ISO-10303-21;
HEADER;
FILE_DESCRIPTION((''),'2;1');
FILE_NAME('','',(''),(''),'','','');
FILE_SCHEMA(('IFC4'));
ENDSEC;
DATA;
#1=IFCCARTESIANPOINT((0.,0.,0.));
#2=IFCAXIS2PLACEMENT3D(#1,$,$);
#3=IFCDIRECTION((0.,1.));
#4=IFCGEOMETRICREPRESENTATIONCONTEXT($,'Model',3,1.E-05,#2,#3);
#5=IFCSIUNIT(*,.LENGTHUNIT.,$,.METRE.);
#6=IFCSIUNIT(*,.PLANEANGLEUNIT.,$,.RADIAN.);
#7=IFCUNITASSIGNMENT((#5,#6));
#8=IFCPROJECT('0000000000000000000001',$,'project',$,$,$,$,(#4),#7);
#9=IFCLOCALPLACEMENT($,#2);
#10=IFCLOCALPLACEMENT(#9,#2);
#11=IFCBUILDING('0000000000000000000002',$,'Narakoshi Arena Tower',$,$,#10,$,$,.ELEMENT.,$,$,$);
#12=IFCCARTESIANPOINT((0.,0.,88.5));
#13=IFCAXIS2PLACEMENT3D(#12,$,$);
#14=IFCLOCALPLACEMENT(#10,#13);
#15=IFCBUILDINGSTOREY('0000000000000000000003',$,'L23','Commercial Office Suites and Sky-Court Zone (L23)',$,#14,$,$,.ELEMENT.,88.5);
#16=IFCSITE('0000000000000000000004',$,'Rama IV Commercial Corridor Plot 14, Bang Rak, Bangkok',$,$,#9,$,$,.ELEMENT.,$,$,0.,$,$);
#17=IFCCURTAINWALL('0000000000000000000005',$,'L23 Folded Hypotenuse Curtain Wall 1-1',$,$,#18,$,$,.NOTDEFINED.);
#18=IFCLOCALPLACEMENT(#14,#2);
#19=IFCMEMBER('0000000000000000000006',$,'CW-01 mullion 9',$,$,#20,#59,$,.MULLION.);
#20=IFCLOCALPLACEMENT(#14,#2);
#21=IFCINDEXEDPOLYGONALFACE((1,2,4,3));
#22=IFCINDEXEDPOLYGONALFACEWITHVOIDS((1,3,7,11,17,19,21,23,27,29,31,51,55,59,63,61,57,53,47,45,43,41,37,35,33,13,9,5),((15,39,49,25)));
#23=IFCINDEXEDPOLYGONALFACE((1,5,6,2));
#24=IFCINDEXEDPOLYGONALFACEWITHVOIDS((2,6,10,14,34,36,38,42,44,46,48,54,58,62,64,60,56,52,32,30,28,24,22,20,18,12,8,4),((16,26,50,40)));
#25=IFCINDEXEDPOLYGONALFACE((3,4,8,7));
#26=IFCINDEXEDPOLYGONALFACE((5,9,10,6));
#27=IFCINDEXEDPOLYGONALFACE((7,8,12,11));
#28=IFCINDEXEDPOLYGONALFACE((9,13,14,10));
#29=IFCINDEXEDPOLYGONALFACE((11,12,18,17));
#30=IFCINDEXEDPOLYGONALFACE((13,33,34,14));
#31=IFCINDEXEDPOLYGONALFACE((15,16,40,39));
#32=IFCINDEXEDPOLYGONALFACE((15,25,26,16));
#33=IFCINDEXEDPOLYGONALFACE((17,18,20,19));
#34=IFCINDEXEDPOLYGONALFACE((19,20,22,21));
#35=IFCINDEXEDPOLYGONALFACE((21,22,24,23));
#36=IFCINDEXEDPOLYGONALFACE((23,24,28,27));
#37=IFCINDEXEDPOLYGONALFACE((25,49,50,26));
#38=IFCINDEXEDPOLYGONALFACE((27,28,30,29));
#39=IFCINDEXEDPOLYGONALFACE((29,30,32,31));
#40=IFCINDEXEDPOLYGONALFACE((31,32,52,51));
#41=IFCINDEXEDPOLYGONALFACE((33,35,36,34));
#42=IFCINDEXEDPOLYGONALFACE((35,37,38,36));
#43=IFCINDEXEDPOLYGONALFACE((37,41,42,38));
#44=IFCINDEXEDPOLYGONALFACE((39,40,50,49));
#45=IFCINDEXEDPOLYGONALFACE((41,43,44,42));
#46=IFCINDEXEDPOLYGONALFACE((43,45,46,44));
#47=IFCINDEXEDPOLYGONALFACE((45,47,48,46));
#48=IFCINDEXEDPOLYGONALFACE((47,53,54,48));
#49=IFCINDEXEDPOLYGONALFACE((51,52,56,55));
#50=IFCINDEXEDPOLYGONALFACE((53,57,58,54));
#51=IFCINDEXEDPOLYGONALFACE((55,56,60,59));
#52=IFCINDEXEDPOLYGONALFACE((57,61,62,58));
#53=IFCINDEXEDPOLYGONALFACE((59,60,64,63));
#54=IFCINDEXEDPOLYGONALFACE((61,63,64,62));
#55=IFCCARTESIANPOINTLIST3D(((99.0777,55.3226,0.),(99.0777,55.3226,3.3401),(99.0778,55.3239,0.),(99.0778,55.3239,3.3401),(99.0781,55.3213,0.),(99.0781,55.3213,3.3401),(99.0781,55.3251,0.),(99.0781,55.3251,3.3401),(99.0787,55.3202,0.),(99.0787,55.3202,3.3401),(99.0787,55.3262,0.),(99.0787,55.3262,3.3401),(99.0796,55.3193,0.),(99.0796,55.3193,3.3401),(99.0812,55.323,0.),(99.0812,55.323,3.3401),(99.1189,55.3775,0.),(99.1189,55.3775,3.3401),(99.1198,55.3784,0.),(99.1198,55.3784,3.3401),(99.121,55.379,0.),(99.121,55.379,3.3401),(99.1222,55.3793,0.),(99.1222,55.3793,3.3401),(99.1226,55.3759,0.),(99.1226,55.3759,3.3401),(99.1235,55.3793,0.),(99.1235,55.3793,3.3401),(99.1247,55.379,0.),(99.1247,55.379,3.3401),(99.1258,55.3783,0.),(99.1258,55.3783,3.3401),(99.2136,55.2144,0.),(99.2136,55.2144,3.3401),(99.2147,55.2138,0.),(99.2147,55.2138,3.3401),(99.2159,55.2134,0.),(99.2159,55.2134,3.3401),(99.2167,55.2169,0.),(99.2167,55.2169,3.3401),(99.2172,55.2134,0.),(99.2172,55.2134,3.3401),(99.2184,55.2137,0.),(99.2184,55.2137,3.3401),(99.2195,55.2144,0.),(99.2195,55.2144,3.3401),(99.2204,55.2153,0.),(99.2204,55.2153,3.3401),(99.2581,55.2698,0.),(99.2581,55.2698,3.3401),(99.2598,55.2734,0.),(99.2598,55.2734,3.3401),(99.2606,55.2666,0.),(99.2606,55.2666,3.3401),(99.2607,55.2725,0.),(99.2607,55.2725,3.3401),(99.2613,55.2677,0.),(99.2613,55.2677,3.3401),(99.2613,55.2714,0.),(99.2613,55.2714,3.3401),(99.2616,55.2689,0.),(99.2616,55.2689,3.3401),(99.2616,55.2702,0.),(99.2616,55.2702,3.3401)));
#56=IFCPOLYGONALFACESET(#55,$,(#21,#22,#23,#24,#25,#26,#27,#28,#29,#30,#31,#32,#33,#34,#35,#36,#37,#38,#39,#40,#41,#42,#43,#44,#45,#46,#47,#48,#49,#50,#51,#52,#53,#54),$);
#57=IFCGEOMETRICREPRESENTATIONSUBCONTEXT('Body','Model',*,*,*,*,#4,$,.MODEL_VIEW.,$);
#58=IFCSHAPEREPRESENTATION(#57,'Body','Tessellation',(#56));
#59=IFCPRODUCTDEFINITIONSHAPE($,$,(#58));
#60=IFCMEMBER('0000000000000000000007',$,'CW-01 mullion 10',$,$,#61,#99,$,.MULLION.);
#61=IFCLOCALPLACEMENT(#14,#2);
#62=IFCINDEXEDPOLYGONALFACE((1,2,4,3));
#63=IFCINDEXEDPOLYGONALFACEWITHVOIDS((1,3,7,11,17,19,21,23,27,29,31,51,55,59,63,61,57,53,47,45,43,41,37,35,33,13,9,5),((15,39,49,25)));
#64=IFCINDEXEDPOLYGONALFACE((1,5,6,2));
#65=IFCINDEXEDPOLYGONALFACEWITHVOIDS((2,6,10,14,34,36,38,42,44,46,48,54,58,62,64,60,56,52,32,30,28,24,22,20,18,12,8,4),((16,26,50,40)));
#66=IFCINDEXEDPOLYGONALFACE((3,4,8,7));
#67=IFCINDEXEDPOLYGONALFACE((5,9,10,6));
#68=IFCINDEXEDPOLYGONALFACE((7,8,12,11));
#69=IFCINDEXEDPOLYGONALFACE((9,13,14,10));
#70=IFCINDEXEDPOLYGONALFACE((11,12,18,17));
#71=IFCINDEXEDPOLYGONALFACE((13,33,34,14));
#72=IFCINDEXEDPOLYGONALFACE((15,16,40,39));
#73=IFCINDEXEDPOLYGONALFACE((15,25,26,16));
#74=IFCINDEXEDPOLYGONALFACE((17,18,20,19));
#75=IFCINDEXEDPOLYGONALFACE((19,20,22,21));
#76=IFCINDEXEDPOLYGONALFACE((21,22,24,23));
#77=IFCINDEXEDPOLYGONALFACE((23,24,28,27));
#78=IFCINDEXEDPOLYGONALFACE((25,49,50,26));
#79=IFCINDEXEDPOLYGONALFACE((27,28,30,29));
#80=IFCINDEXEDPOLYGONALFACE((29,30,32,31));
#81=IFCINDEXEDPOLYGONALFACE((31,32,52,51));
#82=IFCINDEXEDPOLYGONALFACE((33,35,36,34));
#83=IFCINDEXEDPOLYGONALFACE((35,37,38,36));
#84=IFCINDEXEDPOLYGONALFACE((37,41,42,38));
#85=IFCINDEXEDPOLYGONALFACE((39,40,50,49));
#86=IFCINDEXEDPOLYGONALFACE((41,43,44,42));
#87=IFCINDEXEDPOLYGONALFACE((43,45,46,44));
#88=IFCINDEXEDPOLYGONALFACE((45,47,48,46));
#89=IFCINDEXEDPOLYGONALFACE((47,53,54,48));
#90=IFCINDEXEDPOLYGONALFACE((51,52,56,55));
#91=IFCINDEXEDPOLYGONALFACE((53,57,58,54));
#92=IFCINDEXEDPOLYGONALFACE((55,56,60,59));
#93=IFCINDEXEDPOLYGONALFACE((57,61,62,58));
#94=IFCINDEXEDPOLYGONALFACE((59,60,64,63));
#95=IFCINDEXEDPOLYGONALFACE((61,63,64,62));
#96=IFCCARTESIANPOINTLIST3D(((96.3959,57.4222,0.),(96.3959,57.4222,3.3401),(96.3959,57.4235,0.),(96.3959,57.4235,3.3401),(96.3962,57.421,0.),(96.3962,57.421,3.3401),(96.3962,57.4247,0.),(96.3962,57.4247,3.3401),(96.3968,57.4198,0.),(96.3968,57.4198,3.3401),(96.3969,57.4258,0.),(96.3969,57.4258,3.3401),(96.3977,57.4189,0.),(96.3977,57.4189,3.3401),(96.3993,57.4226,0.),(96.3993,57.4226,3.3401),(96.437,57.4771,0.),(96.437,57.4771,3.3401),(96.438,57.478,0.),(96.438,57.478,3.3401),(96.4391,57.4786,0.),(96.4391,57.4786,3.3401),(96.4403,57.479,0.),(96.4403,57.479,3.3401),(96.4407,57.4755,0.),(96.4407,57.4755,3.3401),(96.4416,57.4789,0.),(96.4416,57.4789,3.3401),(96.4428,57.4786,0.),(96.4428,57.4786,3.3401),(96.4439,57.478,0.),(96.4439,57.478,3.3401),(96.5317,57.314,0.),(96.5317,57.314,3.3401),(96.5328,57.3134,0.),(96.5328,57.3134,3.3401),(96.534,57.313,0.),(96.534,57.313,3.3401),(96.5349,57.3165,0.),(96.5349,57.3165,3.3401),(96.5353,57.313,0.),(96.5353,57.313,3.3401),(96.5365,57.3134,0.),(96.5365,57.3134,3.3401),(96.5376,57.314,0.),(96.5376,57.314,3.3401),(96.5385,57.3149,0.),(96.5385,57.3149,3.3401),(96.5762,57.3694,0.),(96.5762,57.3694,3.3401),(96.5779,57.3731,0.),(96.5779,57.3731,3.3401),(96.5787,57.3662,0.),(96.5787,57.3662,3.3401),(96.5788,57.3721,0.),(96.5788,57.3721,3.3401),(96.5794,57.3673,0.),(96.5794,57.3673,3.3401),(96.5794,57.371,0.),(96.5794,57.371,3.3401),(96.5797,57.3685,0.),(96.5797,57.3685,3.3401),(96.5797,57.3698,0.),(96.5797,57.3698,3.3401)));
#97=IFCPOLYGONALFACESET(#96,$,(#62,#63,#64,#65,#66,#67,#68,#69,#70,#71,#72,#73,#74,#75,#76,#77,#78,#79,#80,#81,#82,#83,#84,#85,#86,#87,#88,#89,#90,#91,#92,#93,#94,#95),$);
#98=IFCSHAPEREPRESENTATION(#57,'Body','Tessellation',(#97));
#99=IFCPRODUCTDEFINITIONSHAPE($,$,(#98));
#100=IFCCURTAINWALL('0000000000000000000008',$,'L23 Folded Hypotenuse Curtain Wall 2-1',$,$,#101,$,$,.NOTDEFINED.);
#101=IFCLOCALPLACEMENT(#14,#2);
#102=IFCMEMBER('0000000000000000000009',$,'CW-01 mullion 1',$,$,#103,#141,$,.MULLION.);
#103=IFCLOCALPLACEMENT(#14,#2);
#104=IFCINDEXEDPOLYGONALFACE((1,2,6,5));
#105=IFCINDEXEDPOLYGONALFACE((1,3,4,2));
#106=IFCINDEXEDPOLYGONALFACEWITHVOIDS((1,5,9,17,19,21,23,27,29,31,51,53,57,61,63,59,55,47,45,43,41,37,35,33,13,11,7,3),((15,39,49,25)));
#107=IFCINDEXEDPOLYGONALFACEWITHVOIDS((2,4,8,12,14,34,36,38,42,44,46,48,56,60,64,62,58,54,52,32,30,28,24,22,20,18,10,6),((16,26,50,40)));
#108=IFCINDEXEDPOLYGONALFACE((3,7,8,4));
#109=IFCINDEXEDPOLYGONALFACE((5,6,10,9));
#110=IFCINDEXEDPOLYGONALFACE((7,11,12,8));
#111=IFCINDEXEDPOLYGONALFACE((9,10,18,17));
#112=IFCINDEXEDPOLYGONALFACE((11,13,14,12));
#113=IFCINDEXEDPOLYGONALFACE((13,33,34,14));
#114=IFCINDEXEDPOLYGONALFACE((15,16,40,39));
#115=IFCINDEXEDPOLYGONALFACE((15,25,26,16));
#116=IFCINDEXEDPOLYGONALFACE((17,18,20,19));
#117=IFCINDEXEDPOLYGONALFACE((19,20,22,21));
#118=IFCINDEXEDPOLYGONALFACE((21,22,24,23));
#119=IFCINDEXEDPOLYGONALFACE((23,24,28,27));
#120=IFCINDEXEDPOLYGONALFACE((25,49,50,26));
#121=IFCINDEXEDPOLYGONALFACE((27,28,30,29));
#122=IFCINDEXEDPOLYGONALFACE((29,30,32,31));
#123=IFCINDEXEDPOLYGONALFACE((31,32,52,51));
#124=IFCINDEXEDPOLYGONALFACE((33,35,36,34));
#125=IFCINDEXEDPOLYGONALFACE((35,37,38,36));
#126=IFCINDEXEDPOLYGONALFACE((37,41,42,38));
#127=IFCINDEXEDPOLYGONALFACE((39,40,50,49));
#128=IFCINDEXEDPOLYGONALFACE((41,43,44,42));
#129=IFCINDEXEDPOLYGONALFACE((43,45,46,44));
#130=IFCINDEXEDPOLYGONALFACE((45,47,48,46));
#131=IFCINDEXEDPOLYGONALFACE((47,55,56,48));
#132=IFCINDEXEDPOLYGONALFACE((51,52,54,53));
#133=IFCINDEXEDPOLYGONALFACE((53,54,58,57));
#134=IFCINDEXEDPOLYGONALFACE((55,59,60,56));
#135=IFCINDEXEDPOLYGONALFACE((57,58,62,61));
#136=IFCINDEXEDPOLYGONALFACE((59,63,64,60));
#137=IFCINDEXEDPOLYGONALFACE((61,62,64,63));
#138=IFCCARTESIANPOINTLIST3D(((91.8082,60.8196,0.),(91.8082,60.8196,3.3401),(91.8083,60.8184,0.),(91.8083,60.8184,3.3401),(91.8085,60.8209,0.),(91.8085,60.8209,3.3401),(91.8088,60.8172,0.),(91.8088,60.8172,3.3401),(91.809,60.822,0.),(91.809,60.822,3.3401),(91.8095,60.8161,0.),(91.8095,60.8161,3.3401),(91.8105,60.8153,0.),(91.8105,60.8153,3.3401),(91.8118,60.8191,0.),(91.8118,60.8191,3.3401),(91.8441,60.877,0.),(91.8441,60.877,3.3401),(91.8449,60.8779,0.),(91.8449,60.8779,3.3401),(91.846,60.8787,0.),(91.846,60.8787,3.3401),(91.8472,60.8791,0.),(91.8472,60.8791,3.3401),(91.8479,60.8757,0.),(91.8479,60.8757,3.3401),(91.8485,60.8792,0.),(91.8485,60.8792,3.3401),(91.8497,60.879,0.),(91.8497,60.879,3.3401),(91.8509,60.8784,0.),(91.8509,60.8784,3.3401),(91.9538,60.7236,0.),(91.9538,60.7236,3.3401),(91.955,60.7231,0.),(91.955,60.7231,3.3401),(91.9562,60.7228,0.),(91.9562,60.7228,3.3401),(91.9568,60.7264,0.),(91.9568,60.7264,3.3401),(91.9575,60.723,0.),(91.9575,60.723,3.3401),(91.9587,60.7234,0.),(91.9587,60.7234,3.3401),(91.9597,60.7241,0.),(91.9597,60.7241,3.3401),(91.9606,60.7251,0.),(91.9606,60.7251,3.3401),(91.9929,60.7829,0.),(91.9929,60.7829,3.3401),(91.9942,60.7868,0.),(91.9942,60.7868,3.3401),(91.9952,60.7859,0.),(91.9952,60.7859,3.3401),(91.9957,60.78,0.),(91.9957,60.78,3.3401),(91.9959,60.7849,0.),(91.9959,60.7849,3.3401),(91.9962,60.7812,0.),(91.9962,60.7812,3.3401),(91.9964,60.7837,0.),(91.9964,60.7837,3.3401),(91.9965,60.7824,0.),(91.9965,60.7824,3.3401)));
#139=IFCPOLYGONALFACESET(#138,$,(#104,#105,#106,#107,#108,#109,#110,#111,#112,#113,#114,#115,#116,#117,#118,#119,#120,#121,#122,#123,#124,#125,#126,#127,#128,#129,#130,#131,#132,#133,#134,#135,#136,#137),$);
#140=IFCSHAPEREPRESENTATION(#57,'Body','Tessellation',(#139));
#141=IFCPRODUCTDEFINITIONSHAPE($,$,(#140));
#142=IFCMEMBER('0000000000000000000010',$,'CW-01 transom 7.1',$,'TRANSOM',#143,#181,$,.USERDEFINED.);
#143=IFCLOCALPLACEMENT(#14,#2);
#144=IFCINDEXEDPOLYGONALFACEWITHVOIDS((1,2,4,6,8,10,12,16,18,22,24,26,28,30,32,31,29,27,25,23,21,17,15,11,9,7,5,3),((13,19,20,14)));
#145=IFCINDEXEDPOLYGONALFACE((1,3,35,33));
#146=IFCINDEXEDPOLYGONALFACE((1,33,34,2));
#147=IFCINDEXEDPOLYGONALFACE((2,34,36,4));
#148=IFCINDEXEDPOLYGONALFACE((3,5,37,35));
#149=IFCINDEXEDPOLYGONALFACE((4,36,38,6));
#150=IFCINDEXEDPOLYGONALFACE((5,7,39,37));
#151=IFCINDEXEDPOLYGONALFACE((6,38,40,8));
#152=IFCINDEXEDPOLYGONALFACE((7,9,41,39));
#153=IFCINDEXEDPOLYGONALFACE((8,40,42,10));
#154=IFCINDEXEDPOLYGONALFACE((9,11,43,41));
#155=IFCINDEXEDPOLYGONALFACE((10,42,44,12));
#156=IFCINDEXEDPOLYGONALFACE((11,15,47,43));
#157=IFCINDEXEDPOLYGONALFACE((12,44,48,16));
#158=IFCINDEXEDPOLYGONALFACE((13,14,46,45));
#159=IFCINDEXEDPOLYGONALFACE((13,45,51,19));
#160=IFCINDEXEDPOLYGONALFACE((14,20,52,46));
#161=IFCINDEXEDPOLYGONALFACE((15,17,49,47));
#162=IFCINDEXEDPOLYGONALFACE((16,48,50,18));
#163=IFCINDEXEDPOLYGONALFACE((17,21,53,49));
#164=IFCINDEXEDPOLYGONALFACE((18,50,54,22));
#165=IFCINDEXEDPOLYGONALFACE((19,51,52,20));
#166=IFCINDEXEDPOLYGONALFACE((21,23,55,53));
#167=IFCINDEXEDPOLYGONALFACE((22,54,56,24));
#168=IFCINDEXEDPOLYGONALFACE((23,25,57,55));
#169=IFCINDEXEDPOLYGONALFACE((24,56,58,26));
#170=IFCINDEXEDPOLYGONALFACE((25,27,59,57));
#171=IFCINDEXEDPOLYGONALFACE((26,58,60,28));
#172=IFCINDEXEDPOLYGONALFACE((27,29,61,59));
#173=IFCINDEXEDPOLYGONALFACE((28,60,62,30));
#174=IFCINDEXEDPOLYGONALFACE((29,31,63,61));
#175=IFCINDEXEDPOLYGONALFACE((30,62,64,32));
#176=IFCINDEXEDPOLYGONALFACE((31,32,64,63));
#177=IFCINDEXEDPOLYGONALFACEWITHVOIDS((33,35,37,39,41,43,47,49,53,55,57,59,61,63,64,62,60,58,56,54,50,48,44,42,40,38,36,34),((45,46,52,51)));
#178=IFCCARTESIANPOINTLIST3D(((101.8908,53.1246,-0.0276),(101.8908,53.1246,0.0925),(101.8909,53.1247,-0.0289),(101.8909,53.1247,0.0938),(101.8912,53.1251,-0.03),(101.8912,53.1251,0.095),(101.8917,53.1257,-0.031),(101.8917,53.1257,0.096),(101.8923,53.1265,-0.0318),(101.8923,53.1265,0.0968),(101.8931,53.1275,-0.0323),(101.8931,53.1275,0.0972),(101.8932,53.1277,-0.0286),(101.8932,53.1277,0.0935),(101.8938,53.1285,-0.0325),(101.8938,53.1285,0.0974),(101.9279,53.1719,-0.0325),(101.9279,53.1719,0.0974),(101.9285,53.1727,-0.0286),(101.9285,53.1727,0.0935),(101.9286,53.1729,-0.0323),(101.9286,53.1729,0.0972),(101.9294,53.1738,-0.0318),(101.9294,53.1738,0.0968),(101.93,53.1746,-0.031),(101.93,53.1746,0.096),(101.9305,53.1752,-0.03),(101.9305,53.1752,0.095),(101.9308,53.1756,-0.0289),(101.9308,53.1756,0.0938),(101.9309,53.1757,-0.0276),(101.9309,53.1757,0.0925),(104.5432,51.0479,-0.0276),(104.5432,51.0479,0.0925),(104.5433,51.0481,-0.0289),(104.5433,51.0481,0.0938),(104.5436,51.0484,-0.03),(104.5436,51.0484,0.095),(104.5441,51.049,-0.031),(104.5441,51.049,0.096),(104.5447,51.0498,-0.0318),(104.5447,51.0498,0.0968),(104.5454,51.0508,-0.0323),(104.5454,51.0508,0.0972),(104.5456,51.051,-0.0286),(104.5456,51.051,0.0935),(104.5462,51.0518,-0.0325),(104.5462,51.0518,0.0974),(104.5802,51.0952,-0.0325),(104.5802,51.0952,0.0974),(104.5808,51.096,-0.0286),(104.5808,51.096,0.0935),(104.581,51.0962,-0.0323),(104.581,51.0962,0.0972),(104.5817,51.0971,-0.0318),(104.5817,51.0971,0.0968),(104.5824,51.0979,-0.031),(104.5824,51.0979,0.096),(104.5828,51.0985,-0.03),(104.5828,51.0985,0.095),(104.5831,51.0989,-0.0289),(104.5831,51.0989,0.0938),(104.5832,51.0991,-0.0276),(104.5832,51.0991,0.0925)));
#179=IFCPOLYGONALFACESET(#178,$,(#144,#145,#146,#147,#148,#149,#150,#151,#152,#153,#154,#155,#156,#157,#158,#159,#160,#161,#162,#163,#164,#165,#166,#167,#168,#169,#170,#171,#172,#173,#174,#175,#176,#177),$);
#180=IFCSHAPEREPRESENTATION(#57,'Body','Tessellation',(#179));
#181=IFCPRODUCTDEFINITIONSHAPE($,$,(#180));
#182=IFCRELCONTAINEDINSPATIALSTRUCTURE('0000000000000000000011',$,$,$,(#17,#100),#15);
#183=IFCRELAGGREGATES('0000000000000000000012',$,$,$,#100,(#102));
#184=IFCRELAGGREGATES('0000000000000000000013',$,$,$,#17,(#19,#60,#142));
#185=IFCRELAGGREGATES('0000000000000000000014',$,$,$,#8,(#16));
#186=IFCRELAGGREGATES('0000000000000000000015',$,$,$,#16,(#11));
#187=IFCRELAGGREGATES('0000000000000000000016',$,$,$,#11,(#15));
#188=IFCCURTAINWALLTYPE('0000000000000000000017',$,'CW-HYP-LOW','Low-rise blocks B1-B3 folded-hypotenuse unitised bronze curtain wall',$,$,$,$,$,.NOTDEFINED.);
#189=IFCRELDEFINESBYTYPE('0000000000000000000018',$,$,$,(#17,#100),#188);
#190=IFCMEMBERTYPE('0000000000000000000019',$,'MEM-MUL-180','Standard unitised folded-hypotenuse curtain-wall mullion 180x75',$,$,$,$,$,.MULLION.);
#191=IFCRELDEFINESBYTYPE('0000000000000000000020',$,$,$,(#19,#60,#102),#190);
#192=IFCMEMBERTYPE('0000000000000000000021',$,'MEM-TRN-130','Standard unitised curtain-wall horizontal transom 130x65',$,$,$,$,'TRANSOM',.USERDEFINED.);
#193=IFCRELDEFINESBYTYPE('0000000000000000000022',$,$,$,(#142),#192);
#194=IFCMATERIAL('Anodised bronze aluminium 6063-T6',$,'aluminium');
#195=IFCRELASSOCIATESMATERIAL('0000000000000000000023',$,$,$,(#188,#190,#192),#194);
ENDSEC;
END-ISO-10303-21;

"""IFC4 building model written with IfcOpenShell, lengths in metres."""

from ifc_helpers import new_model, si_unit, direction, frame, origin, origin_2d, place, context, subcontext, project, spatial, hollow_rectangle, extrude, material, material_profile, profile_set, type_object, element, aggregate, save


model = new_model("IFC4")

# Units and contexts
model_context = context("Model", 3, precision=1e-05, world=origin(), true_north=direction((0.0, 1.0)))
body_context = subcontext(model_context, "Body", "Model", "MODEL_VIEW")
ifc_project = project(units=[si_unit("LENGTHUNIT", "METRE"), si_unit("PLANEANGLEUNIT", "RADIAN")], contexts=[model_context])

# Site, building, storey
site_placement = place(None, origin())
site = spatial("IfcSite", under=ifc_project, at=site_placement, Name="Rama IV Commercial Corridor Plot 14, Bang Rak, Bangkok", CompositionType="ELEMENT", RefElevation=0.0)
building_placement = place(site_placement, origin())
building = spatial("IfcBuilding", under=site, at=building_placement, Name="Narakoshi Arena Tower", CompositionType="ELEMENT")
storey_placement = place(building_placement, frame((0.0, 0.0, 88.5)))
storey = spatial("IfcBuildingStorey", under=building, at=storey_placement, Name="L23", Description="Commercial Office Suites and Sky-Court Zone (L23)", CompositionType="ELEMENT", Elevation=88.5)

# Curtain wall, members
ifc_material_1 = material(Name="Anodised bronze aluminium 6063-T6", Category="aluminium")
curtain_wall_type = type_object("IfcCurtainWallType", Name="CW-HYP-LOW", Description="Low-rise blocks B1-B3 folded-hypotenuse unitised bronze curtain wall", PredefinedType="NOTDEFINED", material=ifc_material_1)
curtain_wall_1_placement = place(storey_placement, origin())
curtain_wall_1 = element("IfcCurtainWall", 1, at=curtain_wall_1_placement, inside=storey, type_object=curtain_wall_type, Name="L23 Folded Hypotenuse Curtain Wall 1-1", PredefinedType="NOTDEFINED")
ifc_material_profile_1 = material_profile(ifc_material_1, hollow_rectangle(XDim=0.075, YDim=0.1799, WallThickness=0.0039, OuterFilletRadius=0.0049, at=origin_2d()), Name="MUL180x75x4")
ifc_profile_set_1 = profile_set([ifc_material_profile_1], Name="Anodised bronze aluminium 6063-T6")
member_type_1 = type_object("IfcMemberType", Name="MEM-MUL-180", Description="Standard unitised folded-hypotenuse curtain-wall mullion 180x75", PredefinedType="MULLION", material=ifc_profile_set_1)
member_1_placement = place(storey_placement, frame((99.1697, 55.2964, 0.0), z_axis=(0.0, 0.0, 1.0), x_axis=(-0.616458, -0.787388, 0.0)))
member_1 = element("IfcMember", 2, at=member_1_placement, type_object=member_type_1, Name="CW-01 mullion 9", PredefinedType="MULLION", context=body_context, shape_type="SweptSolid", body=[
    extrude(hollow_rectangle(XDim=0.075, YDim=0.1799, WallThickness=0.0039, OuterFilletRadius=0.0049, at=origin_2d()), origin(), (0.0, 0.0, 1.0), 3.3401),
])
member_2_placement = place(storey_placement, frame((96.4878, 57.396, 0.0), z_axis=(0.0, 0.0, 1.0), x_axis=(-0.616458, -0.787388, 0.0)))
member_2 = element("IfcMember", 3, at=member_2_placement, type_object=member_type_1, Name="CW-01 mullion 10", PredefinedType="MULLION", context=body_context, shape_type="SweptSolid", body=[
    extrude(hollow_rectangle(XDim=0.075, YDim=0.1799, WallThickness=0.0039, OuterFilletRadius=0.0049, at=origin_2d()), origin(), (0.0, 0.0, 1.0), 3.3401),
])

# Curtain wall, member
curtain_wall_2_placement = place(storey_placement, origin())
curtain_wall_2 = element("IfcCurtainWall", 4, at=curtain_wall_2_placement, inside=storey, type_object=curtain_wall_type, Name="L23 Folded Hypotenuse Curtain Wall 2-1", PredefinedType="NOTDEFINED")
member_3_placement = place(storey_placement, frame((91.9023, 60.801, 0.0), z_axis=(0.0, 0.0, 1.0), x_axis=(-0.538822, -0.842419, 0.0)))
member_3 = element("IfcMember", 5, at=member_3_placement, type_object=member_type_1, Name="CW-01 mullion 1", PredefinedType="MULLION", context=body_context, shape_type="SweptSolid", body=[
    extrude(hollow_rectangle(XDim=0.075, YDim=0.1799, WallThickness=0.0039, OuterFilletRadius=0.0049, at=origin_2d()), origin(), (0.0, 0.0, 1.0), 3.3401),
])
aggregate(curtain_wall_2, [member_3])

# Member
ifc_material_profile_2 = material_profile(ifc_material_1, hollow_rectangle(XDim=0.0649, YDim=0.1299, WallThickness=0.0039, OuterFilletRadius=0.0049, at=origin_2d()), Name="TRN130x65x4")
ifc_profile_set_2 = profile_set([ifc_material_profile_2], Name="Anodised bronze aluminium 6063-T6")
member_type_2 = type_object("IfcMemberType", Name="MEM-TRN-130", Description="Standard unitised curtain-wall horizontal transom 130x65", ElementType="TRANSOM", PredefinedType="USERDEFINED", material=ifc_profile_set_2)
member_4_placement = place(storey_placement, frame((104.5632, 51.0735, 0.0325), z_axis=(-0.787373, 0.616476, 0.0), x_axis=(-0.616476, -0.787373, 0.0)))
member_4 = element("IfcMember", 6, at=member_4_placement, type_object=member_type_2, Name="CW-01 transom 7.1", ObjectType="TRANSOM", PredefinedType="USERDEFINED", context=body_context, shape_type="SweptSolid", body=[
    extrude(hollow_rectangle(XDim=0.0649, YDim=0.1299, WallThickness=0.0039, OuterFilletRadius=0.0049, at=origin_2d()), origin(), (0.0, 0.0, 1.0), 3.3687),
])

aggregate(curtain_wall_1, [member_1, member_2, member_4])

save(model, "model.ifc")
